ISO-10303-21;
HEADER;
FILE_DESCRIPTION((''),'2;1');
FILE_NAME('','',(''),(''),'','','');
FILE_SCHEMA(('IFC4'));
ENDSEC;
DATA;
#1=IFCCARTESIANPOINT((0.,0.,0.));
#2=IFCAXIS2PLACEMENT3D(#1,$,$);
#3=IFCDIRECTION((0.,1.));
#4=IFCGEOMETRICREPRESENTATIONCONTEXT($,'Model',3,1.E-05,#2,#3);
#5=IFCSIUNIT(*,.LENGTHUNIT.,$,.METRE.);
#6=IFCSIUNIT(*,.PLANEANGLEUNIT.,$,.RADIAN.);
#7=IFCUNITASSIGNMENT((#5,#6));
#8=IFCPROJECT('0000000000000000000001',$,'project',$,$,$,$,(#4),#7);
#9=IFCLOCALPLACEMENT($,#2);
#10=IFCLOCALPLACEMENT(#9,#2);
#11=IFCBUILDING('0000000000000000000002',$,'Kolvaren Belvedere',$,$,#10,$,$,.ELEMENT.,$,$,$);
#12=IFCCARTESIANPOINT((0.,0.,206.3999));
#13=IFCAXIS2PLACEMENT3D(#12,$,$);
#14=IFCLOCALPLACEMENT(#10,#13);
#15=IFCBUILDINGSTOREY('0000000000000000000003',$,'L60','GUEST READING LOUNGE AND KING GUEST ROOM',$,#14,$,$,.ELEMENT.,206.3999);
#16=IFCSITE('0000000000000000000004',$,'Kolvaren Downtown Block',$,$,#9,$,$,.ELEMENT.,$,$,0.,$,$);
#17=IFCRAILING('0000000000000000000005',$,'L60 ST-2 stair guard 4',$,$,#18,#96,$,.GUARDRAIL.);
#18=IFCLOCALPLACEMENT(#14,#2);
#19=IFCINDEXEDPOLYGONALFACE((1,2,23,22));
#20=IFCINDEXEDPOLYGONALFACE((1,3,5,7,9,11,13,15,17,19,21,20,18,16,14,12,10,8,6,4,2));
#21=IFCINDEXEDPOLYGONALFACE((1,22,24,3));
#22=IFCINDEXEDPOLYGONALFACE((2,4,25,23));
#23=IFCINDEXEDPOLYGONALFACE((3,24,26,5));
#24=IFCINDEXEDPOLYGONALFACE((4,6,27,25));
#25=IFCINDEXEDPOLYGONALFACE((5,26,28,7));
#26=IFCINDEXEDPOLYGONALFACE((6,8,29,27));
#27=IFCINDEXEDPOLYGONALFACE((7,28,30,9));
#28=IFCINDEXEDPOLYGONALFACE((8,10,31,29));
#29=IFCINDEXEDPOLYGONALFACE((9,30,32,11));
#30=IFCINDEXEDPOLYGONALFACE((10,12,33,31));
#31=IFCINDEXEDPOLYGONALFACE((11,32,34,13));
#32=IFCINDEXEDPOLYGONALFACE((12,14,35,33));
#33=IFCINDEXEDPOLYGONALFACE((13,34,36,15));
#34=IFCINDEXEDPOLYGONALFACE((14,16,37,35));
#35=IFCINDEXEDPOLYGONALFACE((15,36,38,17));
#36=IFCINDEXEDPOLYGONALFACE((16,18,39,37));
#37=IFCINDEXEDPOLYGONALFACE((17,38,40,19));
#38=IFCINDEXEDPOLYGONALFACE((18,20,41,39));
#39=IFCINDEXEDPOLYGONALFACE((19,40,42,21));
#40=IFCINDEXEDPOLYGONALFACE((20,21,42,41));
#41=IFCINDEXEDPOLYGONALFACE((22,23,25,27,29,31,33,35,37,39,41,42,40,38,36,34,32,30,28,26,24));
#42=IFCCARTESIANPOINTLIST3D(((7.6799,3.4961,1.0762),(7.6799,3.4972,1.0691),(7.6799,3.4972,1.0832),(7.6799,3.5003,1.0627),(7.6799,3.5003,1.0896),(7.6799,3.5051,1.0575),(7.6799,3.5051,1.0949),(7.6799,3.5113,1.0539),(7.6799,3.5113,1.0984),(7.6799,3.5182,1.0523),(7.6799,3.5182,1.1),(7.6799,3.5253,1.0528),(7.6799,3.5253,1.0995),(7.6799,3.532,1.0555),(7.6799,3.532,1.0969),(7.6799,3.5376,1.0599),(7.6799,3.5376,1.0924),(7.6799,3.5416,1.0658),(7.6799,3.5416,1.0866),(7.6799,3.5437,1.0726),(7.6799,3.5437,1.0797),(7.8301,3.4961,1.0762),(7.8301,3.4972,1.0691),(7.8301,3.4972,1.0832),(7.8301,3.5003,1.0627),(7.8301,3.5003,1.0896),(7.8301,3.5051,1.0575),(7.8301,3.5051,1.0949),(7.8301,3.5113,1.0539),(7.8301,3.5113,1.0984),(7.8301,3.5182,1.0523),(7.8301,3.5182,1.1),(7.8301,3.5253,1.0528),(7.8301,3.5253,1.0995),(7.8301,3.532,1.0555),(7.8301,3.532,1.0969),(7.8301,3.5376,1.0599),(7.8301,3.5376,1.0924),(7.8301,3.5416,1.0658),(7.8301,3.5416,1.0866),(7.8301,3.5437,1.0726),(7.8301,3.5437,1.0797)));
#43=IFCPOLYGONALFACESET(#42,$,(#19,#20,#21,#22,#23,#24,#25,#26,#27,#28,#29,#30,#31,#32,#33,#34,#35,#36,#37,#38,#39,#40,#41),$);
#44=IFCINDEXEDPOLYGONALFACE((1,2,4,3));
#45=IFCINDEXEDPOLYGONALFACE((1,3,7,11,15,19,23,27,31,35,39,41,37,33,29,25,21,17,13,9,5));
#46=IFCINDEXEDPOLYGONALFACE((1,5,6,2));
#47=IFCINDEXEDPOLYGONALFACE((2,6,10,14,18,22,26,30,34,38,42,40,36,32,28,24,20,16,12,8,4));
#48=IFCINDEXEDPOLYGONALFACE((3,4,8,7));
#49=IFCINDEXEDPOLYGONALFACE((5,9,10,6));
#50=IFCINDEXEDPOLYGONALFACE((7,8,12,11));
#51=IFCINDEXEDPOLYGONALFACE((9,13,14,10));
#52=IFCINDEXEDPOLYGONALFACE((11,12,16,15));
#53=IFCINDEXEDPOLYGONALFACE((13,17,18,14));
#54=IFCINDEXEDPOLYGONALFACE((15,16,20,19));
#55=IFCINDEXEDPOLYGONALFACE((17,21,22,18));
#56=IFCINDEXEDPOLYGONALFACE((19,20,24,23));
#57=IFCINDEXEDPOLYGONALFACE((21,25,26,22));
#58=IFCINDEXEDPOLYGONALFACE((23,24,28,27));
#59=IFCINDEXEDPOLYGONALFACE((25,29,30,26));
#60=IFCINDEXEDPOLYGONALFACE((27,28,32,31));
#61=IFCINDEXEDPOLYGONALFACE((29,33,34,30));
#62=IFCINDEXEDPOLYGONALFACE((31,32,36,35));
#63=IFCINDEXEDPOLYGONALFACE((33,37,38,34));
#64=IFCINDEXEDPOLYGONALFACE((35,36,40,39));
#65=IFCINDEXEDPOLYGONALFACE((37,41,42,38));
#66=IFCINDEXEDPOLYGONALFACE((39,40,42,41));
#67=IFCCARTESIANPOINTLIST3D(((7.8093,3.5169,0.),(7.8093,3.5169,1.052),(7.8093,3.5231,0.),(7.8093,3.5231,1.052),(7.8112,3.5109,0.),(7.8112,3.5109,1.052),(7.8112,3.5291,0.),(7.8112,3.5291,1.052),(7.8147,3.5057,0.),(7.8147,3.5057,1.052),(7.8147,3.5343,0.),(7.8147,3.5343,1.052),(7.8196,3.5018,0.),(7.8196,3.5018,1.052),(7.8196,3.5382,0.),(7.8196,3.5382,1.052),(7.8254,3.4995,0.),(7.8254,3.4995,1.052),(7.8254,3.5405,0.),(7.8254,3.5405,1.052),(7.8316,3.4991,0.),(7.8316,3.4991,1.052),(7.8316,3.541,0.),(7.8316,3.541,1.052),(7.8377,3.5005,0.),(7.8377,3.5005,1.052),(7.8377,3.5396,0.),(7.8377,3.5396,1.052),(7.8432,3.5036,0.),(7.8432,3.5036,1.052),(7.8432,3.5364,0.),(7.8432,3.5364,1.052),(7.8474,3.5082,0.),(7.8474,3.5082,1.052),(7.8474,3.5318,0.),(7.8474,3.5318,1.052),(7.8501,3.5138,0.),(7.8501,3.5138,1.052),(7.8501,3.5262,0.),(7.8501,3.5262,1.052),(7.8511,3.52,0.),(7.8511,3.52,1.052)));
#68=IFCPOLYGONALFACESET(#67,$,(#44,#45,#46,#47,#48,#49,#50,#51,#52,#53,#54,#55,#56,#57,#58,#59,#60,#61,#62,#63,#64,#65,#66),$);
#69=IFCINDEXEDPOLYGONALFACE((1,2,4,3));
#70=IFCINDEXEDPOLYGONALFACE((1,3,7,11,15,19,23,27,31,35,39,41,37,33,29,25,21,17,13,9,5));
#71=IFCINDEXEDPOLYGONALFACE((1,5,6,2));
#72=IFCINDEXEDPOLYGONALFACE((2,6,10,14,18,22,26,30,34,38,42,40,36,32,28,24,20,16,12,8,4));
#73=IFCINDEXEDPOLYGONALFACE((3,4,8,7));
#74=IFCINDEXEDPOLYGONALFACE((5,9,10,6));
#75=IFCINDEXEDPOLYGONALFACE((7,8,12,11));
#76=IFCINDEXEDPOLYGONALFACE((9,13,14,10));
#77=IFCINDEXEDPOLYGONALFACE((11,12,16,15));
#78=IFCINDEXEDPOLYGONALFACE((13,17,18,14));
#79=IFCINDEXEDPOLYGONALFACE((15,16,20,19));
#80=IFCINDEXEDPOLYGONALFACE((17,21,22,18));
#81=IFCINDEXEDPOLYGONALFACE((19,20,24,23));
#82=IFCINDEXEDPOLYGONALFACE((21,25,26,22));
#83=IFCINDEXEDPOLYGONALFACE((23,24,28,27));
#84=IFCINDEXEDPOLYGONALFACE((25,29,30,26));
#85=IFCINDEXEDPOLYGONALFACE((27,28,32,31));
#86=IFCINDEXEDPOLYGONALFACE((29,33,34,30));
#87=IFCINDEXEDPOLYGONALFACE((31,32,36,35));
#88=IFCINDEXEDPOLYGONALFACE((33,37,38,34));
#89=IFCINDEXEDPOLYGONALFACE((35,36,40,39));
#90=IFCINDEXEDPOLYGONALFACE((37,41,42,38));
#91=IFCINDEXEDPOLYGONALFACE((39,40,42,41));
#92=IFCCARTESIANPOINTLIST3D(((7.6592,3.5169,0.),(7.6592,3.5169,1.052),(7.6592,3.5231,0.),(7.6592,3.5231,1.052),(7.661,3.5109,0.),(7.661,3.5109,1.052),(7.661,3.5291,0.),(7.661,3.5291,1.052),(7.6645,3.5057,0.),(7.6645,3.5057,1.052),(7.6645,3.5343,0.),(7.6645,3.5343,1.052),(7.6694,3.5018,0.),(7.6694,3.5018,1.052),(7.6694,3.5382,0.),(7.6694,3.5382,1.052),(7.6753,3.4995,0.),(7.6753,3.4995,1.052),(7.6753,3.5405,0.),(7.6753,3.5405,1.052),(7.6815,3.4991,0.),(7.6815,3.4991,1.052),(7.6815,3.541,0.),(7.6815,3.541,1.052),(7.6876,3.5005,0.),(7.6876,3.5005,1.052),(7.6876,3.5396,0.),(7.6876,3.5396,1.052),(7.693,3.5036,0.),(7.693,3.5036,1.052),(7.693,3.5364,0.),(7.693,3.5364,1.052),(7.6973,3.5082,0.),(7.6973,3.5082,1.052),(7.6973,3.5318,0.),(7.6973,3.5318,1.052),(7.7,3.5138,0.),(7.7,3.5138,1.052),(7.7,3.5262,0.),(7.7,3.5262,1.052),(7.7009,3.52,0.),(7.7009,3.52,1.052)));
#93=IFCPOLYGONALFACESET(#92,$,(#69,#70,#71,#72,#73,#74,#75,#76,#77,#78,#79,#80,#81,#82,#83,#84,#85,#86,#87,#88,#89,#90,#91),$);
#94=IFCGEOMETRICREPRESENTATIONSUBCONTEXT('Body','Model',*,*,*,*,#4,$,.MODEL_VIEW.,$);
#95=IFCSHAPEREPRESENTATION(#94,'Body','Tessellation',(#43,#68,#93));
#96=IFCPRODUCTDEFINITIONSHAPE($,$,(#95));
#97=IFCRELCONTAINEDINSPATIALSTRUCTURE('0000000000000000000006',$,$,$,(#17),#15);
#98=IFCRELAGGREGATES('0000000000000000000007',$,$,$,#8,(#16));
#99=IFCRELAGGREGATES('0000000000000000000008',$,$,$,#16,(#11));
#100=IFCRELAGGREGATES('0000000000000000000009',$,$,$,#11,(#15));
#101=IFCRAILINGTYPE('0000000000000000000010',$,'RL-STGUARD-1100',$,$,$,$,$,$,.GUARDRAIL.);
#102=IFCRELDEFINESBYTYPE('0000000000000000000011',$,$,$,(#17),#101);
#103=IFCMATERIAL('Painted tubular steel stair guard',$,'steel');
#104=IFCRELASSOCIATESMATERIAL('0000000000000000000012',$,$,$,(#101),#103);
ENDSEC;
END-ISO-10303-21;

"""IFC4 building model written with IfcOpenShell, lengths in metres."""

from ifc_helpers import new_model, si_unit, direction, frame, origin, origin_2d, place, context, subcontext, project, spatial, circle, extrude, material, type_object, element, save


model = new_model("IFC4")

# Units and contexts
model_context = context("Model", 3, precision=1e-05, world=origin(), true_north=direction((0.0, 1.0)))
body_context = subcontext(model_context, "Body", "Model", "MODEL_VIEW")
ifc_project = project(units=[si_unit("LENGTHUNIT", "METRE"), si_unit("PLANEANGLEUNIT", "RADIAN")], contexts=[model_context])

# Site, building, storey
site_placement = place(None, origin())
site = spatial("IfcSite", under=ifc_project, at=site_placement, Name="Kolvaren Downtown Block", CompositionType="ELEMENT", RefElevation=0.0)
building_placement = place(site_placement, origin())
building = spatial("IfcBuilding", under=site, at=building_placement, Name="Kolvaren Belvedere", CompositionType="ELEMENT")
storey_placement = place(building_placement, frame((0.0, 0.0, 206.3999)))
storey = spatial("IfcBuildingStorey", under=building, at=storey_placement, Name="L60", Description="GUEST READING LOUNGE AND KING GUEST ROOM", CompositionType="ELEMENT", Elevation=206.3999)

# Railing
ifc_material_1 = material(Name="Painted tubular steel stair guard", Category="steel")
railing_type_1 = type_object("IfcRailingType", Name="RL-STGUARD-1100", PredefinedType="GUARDRAIL", material=ifc_material_1)
railing_1_placement = place(storey_placement, frame((7.8301, 3.52, 0.0)))
element("IfcRailing", 1, at=railing_1_placement, inside=storey, type_object=railing_type_1, Name="L60 ST-2 stair guard 4", PredefinedType="GUARDRAIL", context=body_context, shape_type="SweptSolid", body=[
    extrude(circle(Radius=0.0239, at=origin_2d()), frame((0.0, 0.0, 1.0762), z_axis=(-1.0, 0.0, 0.0), x_axis=(0.0, -1.0, 0.0)), (0.0, 0.0, 1.0), 0.1501),
    extrude(circle(Radius=0.021, at=origin_2d()), origin(), (0.0, 0.0, 1.0), 1.052),
    extrude(circle(Radius=0.021, at=origin_2d()), frame((-0.1501, 0.0, 0.0)), (0.0, 0.0, 1.0), 1.052),
])

save(model, "model.ifc")
